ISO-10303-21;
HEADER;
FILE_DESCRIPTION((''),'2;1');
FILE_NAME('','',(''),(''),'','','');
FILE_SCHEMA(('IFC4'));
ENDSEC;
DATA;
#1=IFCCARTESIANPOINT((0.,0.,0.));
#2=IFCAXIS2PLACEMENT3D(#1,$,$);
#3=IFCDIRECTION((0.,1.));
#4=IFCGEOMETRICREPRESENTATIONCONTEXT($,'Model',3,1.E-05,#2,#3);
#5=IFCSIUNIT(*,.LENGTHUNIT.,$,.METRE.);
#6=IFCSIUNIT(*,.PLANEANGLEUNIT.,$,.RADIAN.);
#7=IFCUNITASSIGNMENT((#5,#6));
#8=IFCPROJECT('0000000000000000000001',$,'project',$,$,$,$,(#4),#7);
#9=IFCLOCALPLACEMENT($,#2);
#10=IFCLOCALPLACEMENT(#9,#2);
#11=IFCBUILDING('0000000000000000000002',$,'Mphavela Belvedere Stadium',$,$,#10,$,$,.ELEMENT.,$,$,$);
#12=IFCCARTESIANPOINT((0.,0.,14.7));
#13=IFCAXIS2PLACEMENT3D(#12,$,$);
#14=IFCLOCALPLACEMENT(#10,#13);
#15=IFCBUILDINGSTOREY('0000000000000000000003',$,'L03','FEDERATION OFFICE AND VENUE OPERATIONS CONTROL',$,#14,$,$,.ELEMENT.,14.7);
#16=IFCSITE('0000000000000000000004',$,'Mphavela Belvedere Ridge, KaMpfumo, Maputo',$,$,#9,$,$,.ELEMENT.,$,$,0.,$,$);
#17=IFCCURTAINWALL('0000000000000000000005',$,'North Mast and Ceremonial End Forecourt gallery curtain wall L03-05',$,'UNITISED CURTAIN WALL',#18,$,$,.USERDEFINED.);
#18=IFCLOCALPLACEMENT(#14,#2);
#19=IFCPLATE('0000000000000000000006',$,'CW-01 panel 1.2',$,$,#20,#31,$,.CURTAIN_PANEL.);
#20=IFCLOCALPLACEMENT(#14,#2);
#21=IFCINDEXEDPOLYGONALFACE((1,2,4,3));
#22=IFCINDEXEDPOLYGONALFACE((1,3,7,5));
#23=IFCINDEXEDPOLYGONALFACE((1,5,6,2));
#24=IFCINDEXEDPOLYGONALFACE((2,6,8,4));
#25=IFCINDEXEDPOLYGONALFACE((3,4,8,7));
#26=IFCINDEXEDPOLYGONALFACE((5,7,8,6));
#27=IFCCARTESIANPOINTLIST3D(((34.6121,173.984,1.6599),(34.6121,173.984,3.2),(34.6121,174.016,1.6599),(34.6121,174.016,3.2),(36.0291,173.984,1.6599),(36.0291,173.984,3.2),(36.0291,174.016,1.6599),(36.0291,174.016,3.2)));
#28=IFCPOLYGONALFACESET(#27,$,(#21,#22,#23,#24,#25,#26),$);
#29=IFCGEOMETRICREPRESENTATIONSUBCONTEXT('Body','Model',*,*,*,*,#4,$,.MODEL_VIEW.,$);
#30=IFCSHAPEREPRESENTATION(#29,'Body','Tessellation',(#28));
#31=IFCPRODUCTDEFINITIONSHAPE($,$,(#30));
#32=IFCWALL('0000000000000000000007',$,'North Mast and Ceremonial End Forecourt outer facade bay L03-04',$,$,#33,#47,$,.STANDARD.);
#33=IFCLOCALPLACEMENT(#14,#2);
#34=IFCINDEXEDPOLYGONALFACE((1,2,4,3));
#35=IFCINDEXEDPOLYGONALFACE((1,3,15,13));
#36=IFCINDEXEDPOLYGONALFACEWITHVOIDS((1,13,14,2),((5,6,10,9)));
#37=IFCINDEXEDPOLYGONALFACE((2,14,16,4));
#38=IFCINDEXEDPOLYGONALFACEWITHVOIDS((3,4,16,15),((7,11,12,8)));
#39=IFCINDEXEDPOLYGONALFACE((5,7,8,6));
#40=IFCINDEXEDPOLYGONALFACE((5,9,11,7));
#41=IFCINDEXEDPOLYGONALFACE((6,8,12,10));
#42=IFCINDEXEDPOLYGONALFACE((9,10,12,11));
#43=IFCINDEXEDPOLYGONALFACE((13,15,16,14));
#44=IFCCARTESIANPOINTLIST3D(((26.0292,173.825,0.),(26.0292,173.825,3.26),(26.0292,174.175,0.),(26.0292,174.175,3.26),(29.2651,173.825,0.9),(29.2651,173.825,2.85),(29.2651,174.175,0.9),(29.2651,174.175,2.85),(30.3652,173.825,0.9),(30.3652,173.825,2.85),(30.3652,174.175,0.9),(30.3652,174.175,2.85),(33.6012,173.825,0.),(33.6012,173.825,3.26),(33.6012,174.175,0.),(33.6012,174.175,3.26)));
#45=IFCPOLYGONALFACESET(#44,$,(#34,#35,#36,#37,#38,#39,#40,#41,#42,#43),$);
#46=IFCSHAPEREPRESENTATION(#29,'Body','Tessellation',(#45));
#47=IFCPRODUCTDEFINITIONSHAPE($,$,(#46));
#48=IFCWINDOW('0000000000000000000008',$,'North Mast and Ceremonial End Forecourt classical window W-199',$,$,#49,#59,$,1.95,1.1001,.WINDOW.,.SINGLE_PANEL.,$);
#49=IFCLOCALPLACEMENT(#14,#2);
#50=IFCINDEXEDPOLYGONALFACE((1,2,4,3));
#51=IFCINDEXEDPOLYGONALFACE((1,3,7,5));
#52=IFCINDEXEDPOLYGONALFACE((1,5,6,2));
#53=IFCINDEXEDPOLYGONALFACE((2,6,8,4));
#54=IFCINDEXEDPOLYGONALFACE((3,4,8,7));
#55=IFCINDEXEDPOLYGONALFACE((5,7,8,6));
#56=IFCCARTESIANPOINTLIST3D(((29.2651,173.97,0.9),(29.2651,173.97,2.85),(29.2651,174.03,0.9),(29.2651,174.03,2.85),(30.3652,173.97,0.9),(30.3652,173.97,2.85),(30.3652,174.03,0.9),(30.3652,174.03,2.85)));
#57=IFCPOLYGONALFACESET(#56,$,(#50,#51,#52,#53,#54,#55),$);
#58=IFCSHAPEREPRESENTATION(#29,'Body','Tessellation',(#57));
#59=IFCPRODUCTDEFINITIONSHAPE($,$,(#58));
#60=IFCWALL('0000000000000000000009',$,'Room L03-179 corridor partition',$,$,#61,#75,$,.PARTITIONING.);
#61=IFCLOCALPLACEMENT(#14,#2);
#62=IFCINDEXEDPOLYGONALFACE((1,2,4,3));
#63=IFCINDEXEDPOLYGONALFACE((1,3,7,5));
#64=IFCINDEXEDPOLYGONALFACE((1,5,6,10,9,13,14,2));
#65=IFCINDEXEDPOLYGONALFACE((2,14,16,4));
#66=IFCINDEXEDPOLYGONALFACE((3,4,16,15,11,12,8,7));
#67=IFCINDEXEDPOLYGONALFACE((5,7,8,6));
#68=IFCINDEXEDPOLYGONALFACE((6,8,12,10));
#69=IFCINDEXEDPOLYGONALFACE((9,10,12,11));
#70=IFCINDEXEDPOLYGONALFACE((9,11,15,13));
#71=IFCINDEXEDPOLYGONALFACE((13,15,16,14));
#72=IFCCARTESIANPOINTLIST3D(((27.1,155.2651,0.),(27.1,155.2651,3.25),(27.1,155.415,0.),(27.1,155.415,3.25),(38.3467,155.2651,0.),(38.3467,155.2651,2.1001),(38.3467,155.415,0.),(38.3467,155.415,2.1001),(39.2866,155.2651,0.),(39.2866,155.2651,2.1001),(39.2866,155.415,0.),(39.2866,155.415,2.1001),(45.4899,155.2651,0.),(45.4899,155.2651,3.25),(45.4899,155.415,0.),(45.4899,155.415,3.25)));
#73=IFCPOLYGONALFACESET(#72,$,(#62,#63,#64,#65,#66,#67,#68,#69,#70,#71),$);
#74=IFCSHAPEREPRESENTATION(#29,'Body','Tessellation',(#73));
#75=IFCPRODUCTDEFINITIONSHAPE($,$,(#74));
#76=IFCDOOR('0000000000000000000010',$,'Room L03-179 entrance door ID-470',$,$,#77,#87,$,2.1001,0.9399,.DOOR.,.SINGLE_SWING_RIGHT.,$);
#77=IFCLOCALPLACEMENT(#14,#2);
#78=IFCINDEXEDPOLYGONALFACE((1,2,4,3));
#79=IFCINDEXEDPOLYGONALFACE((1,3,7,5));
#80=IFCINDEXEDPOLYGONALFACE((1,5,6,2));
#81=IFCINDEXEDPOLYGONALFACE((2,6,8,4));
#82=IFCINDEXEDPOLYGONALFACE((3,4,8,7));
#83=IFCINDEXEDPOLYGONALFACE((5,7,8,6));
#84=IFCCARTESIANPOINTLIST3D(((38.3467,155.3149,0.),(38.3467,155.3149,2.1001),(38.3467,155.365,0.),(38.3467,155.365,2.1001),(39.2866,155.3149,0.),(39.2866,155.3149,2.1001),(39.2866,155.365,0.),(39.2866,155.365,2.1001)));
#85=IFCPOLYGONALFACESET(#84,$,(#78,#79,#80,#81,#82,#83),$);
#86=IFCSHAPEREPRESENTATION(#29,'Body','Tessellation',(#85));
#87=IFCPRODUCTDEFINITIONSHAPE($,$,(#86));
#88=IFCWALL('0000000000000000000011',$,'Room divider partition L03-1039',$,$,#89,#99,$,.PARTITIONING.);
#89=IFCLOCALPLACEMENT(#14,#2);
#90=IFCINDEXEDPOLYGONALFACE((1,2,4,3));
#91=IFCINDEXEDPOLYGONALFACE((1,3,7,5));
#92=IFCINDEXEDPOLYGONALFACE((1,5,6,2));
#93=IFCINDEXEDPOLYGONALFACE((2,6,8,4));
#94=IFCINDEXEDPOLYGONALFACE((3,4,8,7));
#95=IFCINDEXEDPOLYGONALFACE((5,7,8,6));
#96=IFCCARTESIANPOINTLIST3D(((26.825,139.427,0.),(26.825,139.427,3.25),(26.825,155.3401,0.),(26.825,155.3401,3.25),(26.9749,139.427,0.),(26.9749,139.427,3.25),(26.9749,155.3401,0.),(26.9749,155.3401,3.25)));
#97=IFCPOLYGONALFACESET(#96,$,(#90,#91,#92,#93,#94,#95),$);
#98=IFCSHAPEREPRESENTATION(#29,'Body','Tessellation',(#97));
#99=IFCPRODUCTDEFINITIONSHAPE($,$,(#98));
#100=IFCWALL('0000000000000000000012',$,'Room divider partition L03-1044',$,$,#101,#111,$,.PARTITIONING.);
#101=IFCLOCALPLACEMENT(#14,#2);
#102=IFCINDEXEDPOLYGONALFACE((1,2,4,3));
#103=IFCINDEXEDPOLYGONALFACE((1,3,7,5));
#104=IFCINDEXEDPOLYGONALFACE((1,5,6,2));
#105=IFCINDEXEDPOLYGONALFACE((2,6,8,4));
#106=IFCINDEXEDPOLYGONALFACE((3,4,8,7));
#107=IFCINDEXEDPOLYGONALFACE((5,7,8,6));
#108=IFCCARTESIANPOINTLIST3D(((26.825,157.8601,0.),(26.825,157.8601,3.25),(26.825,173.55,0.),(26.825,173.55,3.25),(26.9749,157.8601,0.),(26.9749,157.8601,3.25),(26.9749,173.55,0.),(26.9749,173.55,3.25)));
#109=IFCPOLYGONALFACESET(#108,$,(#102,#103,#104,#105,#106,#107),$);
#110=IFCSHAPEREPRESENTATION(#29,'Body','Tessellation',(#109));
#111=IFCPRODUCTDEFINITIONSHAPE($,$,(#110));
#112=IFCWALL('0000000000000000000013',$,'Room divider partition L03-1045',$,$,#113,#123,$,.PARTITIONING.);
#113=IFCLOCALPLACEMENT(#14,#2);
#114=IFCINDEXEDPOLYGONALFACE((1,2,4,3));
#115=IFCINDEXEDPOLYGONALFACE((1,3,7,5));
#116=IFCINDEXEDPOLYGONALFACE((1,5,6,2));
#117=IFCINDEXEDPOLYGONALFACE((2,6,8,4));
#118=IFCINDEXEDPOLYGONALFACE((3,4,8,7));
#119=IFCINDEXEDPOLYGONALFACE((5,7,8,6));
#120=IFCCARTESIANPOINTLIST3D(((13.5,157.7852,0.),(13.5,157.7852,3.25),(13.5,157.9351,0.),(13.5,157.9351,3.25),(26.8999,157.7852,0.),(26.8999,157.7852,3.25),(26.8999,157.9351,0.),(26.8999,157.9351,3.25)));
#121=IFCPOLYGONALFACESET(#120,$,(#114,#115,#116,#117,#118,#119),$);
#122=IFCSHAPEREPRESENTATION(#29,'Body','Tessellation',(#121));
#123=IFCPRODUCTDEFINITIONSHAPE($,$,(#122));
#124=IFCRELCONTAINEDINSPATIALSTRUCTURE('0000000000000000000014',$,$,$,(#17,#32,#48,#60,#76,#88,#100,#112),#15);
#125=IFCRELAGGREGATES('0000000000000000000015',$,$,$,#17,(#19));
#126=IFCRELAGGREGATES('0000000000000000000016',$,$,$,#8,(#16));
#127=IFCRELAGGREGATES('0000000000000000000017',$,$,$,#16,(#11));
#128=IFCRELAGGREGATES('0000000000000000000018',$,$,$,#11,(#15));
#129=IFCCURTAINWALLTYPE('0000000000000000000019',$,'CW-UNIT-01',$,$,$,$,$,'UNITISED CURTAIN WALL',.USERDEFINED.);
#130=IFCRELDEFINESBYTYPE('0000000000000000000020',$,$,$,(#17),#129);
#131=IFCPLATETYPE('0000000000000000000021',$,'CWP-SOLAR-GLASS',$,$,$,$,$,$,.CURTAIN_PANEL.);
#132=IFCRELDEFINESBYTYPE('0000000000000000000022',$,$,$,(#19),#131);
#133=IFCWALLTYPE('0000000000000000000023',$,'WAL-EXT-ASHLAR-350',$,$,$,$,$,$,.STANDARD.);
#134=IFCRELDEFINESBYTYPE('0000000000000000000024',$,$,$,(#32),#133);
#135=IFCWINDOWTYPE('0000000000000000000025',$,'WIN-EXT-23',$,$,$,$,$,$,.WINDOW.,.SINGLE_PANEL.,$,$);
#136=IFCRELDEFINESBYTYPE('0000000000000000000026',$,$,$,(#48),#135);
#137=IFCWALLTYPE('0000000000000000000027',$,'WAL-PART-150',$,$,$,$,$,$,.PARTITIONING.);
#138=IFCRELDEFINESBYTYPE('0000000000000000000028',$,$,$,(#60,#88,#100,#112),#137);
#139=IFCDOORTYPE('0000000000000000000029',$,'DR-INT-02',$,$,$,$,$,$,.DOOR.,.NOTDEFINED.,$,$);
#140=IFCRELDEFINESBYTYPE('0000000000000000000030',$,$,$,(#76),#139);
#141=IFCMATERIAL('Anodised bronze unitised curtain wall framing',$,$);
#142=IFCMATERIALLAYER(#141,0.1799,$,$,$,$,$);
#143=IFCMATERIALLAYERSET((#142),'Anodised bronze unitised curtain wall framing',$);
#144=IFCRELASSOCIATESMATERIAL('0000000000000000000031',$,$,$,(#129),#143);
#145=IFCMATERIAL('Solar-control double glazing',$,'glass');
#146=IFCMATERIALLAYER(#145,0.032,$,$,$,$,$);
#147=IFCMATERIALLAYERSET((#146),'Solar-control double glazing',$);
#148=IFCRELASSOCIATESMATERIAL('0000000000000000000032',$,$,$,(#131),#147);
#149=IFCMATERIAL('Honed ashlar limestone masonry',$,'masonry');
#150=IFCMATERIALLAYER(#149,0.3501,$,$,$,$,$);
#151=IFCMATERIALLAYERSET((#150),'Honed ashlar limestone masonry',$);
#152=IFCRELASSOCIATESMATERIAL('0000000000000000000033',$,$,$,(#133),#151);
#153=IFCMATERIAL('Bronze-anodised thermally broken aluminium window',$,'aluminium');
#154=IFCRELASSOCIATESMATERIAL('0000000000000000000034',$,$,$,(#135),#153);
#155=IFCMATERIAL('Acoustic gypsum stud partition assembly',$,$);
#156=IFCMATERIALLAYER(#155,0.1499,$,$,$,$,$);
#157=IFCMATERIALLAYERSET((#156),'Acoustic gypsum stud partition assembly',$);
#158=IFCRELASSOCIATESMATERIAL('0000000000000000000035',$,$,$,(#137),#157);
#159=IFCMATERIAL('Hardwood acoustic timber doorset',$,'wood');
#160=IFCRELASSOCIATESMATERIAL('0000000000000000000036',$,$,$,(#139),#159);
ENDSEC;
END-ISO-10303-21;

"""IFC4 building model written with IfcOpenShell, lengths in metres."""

from ifc_helpers import new_model, si_unit, direction, frame, frame_2d, origin, origin_2d, place, context, subcontext, project, spatial, rectangle, extrude, material, layer, layer_set, type_object, element, fill, aggregate, save


model = new_model("IFC4")

# Units and contexts
model_context = context("Model", 3, precision=1e-05, world=origin(), true_north=direction((0.0, 1.0)))
body_context = subcontext(model_context, "Body", "Model", "MODEL_VIEW")
ifc_project = project(units=[si_unit("LENGTHUNIT", "METRE"), si_unit("PLANEANGLEUNIT", "RADIAN")], contexts=[model_context])

# Site, building, storey
site_placement = place(None, origin())
site = spatial("IfcSite", under=ifc_project, at=site_placement, Name="Mphavela Belvedere Ridge, KaMpfumo, Maputo", CompositionType="ELEMENT", RefElevation=0.0)
building_placement = place(site_placement, origin())
building = spatial("IfcBuilding", under=site, at=building_placement, Name="Mphavela Belvedere Stadium", CompositionType="ELEMENT")
storey_placement = place(building_placement, frame((0.0, 0.0, 14.7)))
storey = spatial("IfcBuildingStorey", under=building, at=storey_placement, Name="L03", Description="FEDERATION OFFICE AND VENUE OPERATIONS CONTROL", CompositionType="ELEMENT", Elevation=14.7)

# Curtain wall, plate
ifc_material_1 = material(Name="Anodised bronze unitised curtain wall framing")
ifc_layer_1 = layer(ifc_material_1, 0.1799)
ifc_layer_set_1 = layer_set([ifc_layer_1], Name="Anodised bronze unitised curtain wall framing")
curtain_wall_type = type_object("IfcCurtainWallType", Name="CW-UNIT-01", ElementType="UNITISED CURTAIN WALL", PredefinedType="USERDEFINED", material=ifc_layer_set_1)
curtain_wall_placement = place(storey_placement, origin())
curtain_wall = element("IfcCurtainWall", 1, at=curtain_wall_placement, inside=storey, type_object=curtain_wall_type, Name="North Mast and Ceremonial End Forecourt gallery curtain wall L03-05", ObjectType="UNITISED CURTAIN WALL", PredefinedType="USERDEFINED")
ifc_material_2 = material(Name="Solar-control double glazing", Category="glass")
ifc_layer_2 = layer(ifc_material_2, 0.032)
ifc_layer_set_2 = layer_set([ifc_layer_2], Name="Solar-control double glazing")
plate_type = type_object("IfcPlateType", Name="CWP-SOLAR-GLASS", PredefinedType="CURTAIN_PANEL", material=ifc_layer_set_2)
plate_1_placement = place(storey_placement, frame((35.3206, 174.0, 1.6599), z_axis=(0.0, 0.0, 1.0), x_axis=(1.0, 0.0, 0.0)))
plate_1 = element("IfcPlate", 2, at=plate_1_placement, type_object=plate_type, Name="CW-01 panel 1.2", PredefinedType="CURTAIN_PANEL", context=body_context, shape_type="SweptSolid", body=[
    extrude(rectangle(XDim=1.417, YDim=0.032, at=origin_2d()), origin(), (0.0, 0.0, 1.0), 1.54),
])
aggregate(curtain_wall, [plate_1])

# Wall, opening, window
ifc_material_3 = material(Name="Honed ashlar limestone masonry", Category="masonry")
ifc_layer_3 = layer(ifc_material_3, 0.3501)
ifc_layer_set_3 = layer_set([ifc_layer_3], Name="Honed ashlar limestone masonry")
wall_type_1 = type_object("IfcWallType", Name="WAL-EXT-ASHLAR-350", PredefinedType="STANDARD", material=ifc_layer_set_3)
wall_1_placement = place(storey_placement, frame((26.0291, 174.0, 0.0), z_axis=(0.0, 0.0, 1.0), x_axis=(1.0, 0.0, 0.0)))
wall_1 = element("IfcWall", 3, at=wall_1_placement, inside=storey, type_object=wall_type_1, Name="North Mast and Ceremonial End Forecourt outer facade bay L03-04", PredefinedType="STANDARD", context=body_context, shape_type="SweptSolid", body=[
    extrude(rectangle(XDim=7.572, YDim=0.3501, at=frame_2d((3.7861, 0.0))), origin(), (0.0, 0.0, 1.0), 3.26),
])
opening_1_placement = place(wall_1_placement, frame((3.2361, 0.0, 0.8999)))
opening_1 = element("IfcOpeningElement", 4, at=opening_1_placement, cuts=wall_1, PredefinedType="OPENING", context=body_context, shape_type="SweptSolid", body=[
    extrude(rectangle(XDim=1.1001, YDim=1.95, at=frame_2d((0.55, 0.9751))), frame((0.0, 0.1851, 0.0), z_axis=(0.0, -1.0, 0.0), x_axis=(1.0, 0.0, 0.0)), (0.0, 0.0, 1.0), 0.3701),
])
ifc_material_4 = material(Name="Bronze-anodised thermally broken aluminium window", Category="aluminium")
window_type = type_object("IfcWindowType", Name="WIN-EXT-23", PartitioningType="SINGLE_PANEL", PredefinedType="WINDOW", material=ifc_material_4)
window_placement = place(opening_1_placement, origin())
window = element("IfcWindow", 5, at=window_placement, inside=storey, type_object=window_type, Name="North Mast and Ceremonial End Forecourt classical window W-199", OverallHeight=1.95, OverallWidth=1.1001, PartitioningType="SINGLE_PANEL", PredefinedType="WINDOW", context=body_context, shape_type="SweptSolid", body=[
    extrude(rectangle(XDim=1.1001, YDim=1.95, at=frame_2d((0.55, 0.9751))), frame((0.0, 0.03, 0.0), z_axis=(0.0, -1.0, 0.0), x_axis=(1.0, 0.0, 0.0)), (0.0, 0.0, 1.0), 0.0601),
])
fill(opening_1, window)

# Wall, opening, door
ifc_material_5 = material(Name="Acoustic gypsum stud partition assembly")
ifc_layer_4 = layer(ifc_material_5, 0.1499)
ifc_layer_set_4 = layer_set([ifc_layer_4], Name="Acoustic gypsum stud partition assembly")
wall_type_2 = type_object("IfcWallType", Name="WAL-PART-150", PredefinedType="PARTITIONING", material=ifc_layer_set_4)
wall_2_placement = place(storey_placement, frame((27.1001, 155.3401, 0.0), z_axis=(0.0, 0.0, 1.0), x_axis=(1.0, 0.0, 0.0)))
wall_2 = element("IfcWall", 6, at=wall_2_placement, inside=storey, type_object=wall_type_2, Name="Room L03-179 corridor partition", PredefinedType="PARTITIONING", context=body_context, shape_type="SweptSolid", body=[
    extrude(rectangle(XDim=18.3899, YDim=0.1499, at=frame_2d((9.1948, 0.0))), origin(), (0.0, 0.0, 1.0), 3.25),
])
opening_2_placement = place(wall_2_placement, frame((11.2466, 0.0, 0.0)))
opening_2 = element("IfcOpeningElement", 7, at=opening_2_placement, cuts=wall_2, PredefinedType="OPENING", context=body_context, shape_type="SweptSolid", body=[
    extrude(rectangle(XDim=0.9399, YDim=2.1001, at=frame_2d((0.47, 1.05))), frame((0.0, 0.085, 0.0), z_axis=(0.0, -1.0, 0.0), x_axis=(1.0, 0.0, 0.0)), (0.0, 0.0, 1.0), 0.1699),
])
ifc_material_6 = material(Name="Hardwood acoustic timber doorset", Category="wood")
door_type = type_object("IfcDoorType", Name="DR-INT-02", OperationType="NOTDEFINED", PredefinedType="DOOR", material=ifc_material_6)
door_placement = place(opening_2_placement, origin())
door = element("IfcDoor", 8, at=door_placement, inside=storey, type_object=door_type, Name="Room L03-179 entrance door ID-470", OperationType="SINGLE_SWING_RIGHT", OverallHeight=2.1001, OverallWidth=0.9399, PredefinedType="DOOR", context=body_context, shape_type="SweptSolid", body=[
    extrude(rectangle(XDim=0.9399, YDim=2.1001, at=frame_2d((0.47, 1.05))), frame((0.0, 0.0249, 0.0), z_axis=(0.0, -1.0, 0.0), x_axis=(1.0, 0.0, 0.0)), (0.0, 0.0, 1.0), 0.05),
])
fill(opening_2, door)

# Walls
wall_3_placement = place(storey_placement, frame((26.8999, 155.3401, 0.0), z_axis=(0.0, 0.0, 1.0), x_axis=(0.0, -1.0, 0.0)))
element("IfcWall", 9, at=wall_3_placement, inside=storey, type_object=wall_type_2, Name="Room divider partition L03-1039", PredefinedType="PARTITIONING", context=body_context, shape_type="SweptSolid", body=[
    extrude(rectangle(XDim=15.9131, YDim=0.1499, at=frame_2d((7.9565, 0.0))), origin(), (0.0, 0.0, 1.0), 3.25),
])
wall_4_placement = place(storey_placement, frame((26.8999, 173.55, 0.0), z_axis=(0.0, 0.0, 1.0), x_axis=(0.0, -1.0, 0.0)))
element("IfcWall", 10, at=wall_4_placement, inside=storey, type_object=wall_type_2, Name="Room divider partition L03-1044", PredefinedType="PARTITIONING", context=body_context, shape_type="SweptSolid", body=[
    extrude(rectangle(XDim=15.6899, YDim=0.1499, at=frame_2d((7.845, 0.0))), origin(), (0.0, 0.0, 1.0), 3.25),
])
wall_5_placement = place(storey_placement, frame((26.8999, 157.8601, 0.0), z_axis=(0.0, 0.0, 1.0), x_axis=(-1.0, 0.0, 0.0)))
element("IfcWall", 11, at=wall_5_placement, inside=storey, type_object=wall_type_2, Name="Room divider partition L03-1045", PredefinedType="PARTITIONING", context=body_context, shape_type="SweptSolid", body=[
    extrude(rectangle(XDim=13.3999, YDim=0.1499, at=frame_2d((6.7, 0.0))), origin(), (0.0, 0.0, 1.0), 3.25),
])

save(model, "model.ifc")
